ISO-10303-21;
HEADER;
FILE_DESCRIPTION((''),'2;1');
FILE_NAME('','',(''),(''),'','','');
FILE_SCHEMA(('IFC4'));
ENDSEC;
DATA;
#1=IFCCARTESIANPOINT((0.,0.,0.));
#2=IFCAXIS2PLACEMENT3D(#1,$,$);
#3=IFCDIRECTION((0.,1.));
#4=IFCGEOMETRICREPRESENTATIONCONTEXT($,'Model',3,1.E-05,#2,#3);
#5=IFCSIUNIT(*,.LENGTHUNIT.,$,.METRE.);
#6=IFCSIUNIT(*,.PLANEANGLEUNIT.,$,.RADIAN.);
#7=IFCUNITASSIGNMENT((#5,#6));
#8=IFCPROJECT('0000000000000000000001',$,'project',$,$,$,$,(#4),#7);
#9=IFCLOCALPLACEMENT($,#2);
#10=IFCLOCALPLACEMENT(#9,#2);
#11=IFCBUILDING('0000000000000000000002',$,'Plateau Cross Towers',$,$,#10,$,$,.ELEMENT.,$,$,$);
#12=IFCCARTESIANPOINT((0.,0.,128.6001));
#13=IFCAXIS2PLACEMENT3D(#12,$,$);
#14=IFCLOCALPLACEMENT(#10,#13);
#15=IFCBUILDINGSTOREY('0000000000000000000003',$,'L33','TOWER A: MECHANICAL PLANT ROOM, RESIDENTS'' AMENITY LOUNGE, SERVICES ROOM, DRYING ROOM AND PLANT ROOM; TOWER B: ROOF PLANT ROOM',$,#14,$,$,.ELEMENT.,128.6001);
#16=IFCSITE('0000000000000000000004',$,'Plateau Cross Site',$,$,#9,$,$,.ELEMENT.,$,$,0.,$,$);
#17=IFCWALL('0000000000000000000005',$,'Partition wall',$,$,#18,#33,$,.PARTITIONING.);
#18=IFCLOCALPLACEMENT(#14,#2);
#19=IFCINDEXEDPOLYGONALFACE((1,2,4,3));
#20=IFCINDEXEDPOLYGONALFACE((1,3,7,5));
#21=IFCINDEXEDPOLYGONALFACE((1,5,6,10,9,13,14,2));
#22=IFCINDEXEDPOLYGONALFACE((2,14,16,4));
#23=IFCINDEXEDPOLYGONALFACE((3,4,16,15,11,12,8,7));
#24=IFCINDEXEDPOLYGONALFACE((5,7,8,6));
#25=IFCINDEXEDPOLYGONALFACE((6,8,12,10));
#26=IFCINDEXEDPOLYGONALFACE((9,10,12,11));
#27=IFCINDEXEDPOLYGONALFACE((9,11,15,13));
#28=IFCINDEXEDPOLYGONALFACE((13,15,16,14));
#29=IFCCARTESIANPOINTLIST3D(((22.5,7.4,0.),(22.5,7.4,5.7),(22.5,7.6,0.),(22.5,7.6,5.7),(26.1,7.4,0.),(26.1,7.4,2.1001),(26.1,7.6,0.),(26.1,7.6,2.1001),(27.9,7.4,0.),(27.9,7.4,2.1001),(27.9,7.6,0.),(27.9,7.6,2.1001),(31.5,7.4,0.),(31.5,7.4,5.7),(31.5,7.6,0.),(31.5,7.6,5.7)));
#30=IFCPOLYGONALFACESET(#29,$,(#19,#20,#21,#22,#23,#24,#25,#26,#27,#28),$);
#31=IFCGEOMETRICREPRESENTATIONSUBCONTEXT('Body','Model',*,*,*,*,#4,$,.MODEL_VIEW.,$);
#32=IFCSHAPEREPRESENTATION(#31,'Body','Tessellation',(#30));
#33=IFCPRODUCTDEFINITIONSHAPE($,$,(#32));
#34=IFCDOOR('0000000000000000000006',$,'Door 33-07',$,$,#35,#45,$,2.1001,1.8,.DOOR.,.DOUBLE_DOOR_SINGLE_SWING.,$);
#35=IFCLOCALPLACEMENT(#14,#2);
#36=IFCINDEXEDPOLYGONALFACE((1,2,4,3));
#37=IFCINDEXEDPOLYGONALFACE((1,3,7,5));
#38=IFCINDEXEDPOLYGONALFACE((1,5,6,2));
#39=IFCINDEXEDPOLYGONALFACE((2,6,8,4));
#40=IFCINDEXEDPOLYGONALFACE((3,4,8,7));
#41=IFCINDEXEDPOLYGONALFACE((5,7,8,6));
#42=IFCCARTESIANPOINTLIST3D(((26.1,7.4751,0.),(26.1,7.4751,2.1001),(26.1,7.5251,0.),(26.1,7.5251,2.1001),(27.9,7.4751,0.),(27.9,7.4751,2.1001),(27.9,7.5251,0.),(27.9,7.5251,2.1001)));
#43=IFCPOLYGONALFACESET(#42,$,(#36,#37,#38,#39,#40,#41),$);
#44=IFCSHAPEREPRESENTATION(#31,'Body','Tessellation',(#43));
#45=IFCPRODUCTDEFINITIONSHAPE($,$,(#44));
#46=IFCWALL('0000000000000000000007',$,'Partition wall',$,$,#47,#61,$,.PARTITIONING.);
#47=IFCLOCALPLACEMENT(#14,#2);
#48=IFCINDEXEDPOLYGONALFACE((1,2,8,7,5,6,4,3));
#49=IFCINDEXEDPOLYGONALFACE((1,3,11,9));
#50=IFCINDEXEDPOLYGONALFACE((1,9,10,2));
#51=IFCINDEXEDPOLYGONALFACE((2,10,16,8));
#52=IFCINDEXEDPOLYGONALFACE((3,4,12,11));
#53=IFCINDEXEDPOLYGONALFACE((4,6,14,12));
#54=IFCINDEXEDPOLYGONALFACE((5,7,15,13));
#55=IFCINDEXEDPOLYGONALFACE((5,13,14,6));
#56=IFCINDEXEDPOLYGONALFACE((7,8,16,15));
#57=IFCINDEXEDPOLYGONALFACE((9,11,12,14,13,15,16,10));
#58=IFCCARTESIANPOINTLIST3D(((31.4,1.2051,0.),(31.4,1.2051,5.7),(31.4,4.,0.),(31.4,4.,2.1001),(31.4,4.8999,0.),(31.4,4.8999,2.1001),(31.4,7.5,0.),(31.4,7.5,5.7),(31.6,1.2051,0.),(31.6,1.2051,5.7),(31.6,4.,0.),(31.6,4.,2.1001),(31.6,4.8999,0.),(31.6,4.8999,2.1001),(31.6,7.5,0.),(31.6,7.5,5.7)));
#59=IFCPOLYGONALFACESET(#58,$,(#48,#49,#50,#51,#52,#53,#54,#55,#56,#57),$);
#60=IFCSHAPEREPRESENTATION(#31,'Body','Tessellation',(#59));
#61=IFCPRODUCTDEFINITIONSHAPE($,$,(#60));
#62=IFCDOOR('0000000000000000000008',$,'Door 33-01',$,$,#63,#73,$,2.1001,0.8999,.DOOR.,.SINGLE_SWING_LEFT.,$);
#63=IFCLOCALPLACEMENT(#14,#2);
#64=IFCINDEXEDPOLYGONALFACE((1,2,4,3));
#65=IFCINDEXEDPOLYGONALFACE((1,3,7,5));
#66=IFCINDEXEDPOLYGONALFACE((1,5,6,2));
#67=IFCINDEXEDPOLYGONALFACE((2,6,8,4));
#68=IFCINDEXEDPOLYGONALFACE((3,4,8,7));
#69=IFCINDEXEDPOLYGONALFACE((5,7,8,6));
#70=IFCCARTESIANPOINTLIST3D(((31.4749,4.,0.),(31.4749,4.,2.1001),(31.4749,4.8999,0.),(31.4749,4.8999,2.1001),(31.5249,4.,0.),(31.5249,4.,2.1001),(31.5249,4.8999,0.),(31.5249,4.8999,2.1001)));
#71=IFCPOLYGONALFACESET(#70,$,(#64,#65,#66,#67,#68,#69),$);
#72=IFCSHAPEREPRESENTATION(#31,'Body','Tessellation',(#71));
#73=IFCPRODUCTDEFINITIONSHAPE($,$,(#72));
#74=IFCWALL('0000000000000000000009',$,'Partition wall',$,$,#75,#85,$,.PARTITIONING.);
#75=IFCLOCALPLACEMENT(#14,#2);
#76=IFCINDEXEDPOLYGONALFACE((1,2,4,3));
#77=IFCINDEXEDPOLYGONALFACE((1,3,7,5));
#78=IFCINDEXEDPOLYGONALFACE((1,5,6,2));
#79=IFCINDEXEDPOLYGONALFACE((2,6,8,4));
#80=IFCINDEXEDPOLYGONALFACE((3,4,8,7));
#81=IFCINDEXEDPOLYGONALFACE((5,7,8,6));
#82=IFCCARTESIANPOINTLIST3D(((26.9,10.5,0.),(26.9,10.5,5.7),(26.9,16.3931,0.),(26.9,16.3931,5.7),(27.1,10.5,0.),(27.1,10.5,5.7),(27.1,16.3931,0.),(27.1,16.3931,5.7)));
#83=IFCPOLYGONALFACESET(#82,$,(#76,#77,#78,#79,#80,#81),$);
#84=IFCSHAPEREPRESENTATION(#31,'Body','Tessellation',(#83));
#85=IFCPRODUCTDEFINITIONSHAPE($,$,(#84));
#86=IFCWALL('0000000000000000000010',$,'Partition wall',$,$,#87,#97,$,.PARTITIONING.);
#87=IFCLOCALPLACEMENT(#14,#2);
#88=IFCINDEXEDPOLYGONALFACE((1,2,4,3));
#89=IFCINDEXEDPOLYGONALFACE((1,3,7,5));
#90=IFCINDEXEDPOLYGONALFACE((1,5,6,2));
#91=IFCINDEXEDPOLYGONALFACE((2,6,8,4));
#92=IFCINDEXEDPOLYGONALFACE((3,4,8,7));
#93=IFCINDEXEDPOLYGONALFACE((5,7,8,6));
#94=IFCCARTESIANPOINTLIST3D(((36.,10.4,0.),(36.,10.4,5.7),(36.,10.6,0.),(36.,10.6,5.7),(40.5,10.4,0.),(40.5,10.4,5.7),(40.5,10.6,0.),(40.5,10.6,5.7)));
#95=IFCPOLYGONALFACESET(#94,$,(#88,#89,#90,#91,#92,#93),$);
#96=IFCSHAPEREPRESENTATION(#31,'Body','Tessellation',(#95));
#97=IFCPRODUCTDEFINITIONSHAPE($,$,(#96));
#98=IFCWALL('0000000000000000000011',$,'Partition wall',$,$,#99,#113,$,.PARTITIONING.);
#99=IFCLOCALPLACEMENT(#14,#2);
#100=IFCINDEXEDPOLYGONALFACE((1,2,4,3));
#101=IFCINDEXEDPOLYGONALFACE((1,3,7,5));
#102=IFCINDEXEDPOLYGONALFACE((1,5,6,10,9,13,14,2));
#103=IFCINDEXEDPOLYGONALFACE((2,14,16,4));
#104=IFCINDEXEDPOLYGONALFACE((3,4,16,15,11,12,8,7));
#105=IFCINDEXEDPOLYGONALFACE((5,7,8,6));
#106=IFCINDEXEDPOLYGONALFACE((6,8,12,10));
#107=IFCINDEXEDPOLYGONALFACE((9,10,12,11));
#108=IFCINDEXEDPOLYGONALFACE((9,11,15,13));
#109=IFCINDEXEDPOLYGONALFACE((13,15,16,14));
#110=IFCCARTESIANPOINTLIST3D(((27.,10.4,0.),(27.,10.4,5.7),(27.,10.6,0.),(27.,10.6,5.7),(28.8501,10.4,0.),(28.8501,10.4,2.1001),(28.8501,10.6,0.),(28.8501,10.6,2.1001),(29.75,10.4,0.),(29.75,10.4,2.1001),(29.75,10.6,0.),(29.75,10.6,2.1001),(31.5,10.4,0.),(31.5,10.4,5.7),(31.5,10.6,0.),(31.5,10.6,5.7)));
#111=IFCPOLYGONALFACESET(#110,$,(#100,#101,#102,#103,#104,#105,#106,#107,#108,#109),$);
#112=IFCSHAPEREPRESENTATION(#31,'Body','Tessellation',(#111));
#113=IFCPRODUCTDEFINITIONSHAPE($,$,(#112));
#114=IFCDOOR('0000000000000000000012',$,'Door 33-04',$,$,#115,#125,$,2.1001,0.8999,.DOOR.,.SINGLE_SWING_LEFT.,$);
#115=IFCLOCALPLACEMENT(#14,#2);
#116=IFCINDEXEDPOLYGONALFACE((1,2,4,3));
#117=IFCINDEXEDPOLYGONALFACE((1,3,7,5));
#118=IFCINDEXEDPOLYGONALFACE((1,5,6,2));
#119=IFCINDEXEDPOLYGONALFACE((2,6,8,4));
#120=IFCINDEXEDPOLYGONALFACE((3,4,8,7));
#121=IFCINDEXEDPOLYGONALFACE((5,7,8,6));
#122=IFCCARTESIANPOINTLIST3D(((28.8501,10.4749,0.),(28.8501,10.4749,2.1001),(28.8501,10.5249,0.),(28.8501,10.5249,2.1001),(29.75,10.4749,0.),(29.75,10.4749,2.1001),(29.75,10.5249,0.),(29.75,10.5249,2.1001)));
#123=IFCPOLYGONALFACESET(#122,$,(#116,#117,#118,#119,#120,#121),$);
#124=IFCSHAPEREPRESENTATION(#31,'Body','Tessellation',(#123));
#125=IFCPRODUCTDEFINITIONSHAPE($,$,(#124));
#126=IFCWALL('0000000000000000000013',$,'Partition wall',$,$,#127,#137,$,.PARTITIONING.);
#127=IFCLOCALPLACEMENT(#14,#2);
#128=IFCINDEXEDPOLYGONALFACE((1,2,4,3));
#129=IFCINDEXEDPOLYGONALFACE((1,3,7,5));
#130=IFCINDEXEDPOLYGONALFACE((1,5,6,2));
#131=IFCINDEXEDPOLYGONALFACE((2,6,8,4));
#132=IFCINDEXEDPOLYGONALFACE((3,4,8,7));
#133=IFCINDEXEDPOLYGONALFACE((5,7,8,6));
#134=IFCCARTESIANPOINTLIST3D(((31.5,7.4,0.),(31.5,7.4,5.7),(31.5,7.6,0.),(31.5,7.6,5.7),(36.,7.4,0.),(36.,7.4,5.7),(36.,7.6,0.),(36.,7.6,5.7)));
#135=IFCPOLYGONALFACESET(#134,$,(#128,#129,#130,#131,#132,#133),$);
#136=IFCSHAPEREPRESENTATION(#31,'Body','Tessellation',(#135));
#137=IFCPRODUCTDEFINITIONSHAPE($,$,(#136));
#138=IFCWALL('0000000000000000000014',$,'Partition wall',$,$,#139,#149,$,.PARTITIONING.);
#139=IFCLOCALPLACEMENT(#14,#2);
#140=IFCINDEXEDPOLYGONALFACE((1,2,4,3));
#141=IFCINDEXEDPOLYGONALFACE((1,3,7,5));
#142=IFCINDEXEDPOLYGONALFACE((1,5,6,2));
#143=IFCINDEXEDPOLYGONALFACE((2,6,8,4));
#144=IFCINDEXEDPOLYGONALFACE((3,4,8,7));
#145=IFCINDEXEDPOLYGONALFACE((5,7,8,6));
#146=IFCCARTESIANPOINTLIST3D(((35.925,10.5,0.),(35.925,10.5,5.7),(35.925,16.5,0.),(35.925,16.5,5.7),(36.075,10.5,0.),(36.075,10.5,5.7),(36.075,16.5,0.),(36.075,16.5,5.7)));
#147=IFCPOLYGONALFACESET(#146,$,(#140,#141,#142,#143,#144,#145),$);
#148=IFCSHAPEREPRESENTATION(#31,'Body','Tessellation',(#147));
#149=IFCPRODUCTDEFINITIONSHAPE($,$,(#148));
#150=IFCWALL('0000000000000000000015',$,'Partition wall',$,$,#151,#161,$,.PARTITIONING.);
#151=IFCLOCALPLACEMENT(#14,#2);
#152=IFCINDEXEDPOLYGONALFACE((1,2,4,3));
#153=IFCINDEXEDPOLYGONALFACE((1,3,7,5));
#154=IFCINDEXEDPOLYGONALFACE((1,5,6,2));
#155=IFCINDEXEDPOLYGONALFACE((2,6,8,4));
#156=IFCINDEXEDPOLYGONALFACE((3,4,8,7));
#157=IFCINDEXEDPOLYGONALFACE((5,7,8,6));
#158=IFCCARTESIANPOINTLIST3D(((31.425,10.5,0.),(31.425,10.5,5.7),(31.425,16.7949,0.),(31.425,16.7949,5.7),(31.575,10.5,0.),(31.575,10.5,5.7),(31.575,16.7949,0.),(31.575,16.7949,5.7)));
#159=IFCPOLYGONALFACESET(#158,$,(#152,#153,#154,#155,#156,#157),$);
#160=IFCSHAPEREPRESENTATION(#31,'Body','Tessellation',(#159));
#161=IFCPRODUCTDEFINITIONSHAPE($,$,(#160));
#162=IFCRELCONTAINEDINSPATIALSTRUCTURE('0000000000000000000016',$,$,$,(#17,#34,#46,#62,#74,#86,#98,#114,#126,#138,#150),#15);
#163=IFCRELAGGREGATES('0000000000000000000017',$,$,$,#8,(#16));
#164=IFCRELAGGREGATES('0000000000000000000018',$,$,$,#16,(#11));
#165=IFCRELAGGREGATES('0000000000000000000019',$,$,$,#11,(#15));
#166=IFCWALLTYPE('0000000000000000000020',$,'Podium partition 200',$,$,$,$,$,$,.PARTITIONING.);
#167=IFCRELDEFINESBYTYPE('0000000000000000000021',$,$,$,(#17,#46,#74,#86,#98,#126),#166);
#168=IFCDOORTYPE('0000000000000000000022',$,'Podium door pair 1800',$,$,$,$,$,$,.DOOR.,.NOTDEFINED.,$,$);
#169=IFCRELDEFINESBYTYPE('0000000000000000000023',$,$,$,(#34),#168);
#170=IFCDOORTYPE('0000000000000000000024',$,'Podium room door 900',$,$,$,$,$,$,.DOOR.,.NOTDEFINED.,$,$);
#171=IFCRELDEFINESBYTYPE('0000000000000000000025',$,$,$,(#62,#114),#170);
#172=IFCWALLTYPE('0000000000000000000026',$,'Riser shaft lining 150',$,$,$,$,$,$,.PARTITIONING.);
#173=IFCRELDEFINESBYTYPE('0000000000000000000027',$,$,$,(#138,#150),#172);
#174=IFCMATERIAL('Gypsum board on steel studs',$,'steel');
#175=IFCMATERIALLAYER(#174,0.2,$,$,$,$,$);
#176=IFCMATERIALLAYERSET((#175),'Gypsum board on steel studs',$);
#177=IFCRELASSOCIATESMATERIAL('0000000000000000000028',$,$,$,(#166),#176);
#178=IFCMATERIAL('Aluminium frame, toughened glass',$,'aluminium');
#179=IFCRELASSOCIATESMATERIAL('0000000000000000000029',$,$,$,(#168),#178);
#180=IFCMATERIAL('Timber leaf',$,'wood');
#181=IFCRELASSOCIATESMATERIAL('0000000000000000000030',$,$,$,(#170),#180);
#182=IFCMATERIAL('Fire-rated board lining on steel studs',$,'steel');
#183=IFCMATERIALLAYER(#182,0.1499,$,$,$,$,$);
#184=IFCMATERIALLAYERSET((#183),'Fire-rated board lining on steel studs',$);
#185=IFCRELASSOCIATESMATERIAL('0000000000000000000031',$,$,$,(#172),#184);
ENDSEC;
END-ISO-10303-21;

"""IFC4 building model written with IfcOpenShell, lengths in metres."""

from ifc_helpers import new_model, si_unit, direction, frame, frame_2d, origin, place, context, subcontext, project, spatial, rectangle, extrude, material, layer, layer_set, type_object, element, fill, save


model = new_model("IFC4")

# Units and contexts
model_context = context("Model", 3, precision=1e-05, world=origin(), true_north=direction((0.0, 1.0)))
body_context = subcontext(model_context, "Body", "Model", "MODEL_VIEW")
ifc_project = project(units=[si_unit("LENGTHUNIT", "METRE"), si_unit("PLANEANGLEUNIT", "RADIAN")], contexts=[model_context])

# Site, building, storey
site_placement = place(None, origin())
site = spatial("IfcSite", under=ifc_project, at=site_placement, Name="Plateau Cross Site", CompositionType="ELEMENT", RefElevation=0.0)
building_placement = place(site_placement, origin())
building = spatial("IfcBuilding", under=site, at=building_placement, Name="Plateau Cross Towers", CompositionType="ELEMENT")
storey_placement = place(building_placement, frame((0.0, 0.0, 128.6001)))
storey = spatial("IfcBuildingStorey", under=building, at=storey_placement, Name="L33", Description="TOWER A: MECHANICAL PLANT ROOM, RESIDENTS' AMENITY LOUNGE, SERVICES ROOM, DRYING ROOM AND PLANT ROOM; TOWER B: ROOF PLANT ROOM", CompositionType="ELEMENT", Elevation=128.6001)

# Walls, openings, doors
ifc_material_1 = material(Name="Gypsum board on steel studs", Category="steel")
ifc_layer_1 = layer(ifc_material_1, 0.2)
ifc_layer_set_1 = layer_set([ifc_layer_1], Name="Gypsum board on steel studs")
wall_type_1 = type_object("IfcWallType", Name="Podium partition 200", PredefinedType="PARTITIONING", material=ifc_layer_set_1)
wall_1_placement = place(storey_placement, frame((31.5, 7.5, 0.0), z_axis=(0.0, 0.0, 1.0), x_axis=(-1.0, 0.0, 0.0)))
wall_1 = element("IfcWall", 1, at=wall_1_placement, inside=storey, type_object=wall_type_1, Name="Partition wall", PredefinedType="PARTITIONING", context=body_context, shape_type="SweptSolid", body=[
    extrude(rectangle(XDim=9.0, YDim=0.2, at=frame_2d((4.5, 0.0))), origin(), (0.0, 0.0, 1.0), 5.7),
])
opening_1_placement = place(wall_1_placement, frame((3.6001, 0.0, 0.0)))
opening_1 = element("IfcOpeningElement", 2, at=opening_1_placement, cuts=wall_1, PredefinedType="OPENING", context=body_context, shape_type="SweptSolid", body=[
    extrude(rectangle(XDim=1.8, YDim=2.1001, at=frame_2d((0.8999, 1.05))), frame((0.0, 0.1099, 0.0), z_axis=(0.0, -1.0, 0.0), x_axis=(1.0, 0.0, 0.0)), (0.0, 0.0, 1.0), 0.22),
])
ifc_material_2 = material(Name="Aluminium frame, toughened glass", Category="aluminium")
door_type_1 = type_object("IfcDoorType", Name="Podium door pair 1800", OperationType="NOTDEFINED", PredefinedType="DOOR", material=ifc_material_2)
door_1_placement = place(opening_1_placement, origin())
door_1 = element("IfcDoor", 3, at=door_1_placement, inside=storey, type_object=door_type_1, Name="Door 33-07", OperationType="DOUBLE_DOOR_SINGLE_SWING", OverallHeight=2.1001, OverallWidth=1.8, PredefinedType="DOOR", context=body_context, shape_type="SweptSolid", body=[
    extrude(rectangle(XDim=1.8, YDim=2.1001, at=frame_2d((0.8999, 1.05))), frame((0.0, 0.0249, 0.0), z_axis=(0.0, -1.0, 0.0), x_axis=(1.0, 0.0, 0.0)), (0.0, 0.0, 1.0), 0.05),
])
fill(opening_1, door_1)
wall_2_placement = place(storey_placement, frame((31.5, 7.5, 0.0), z_axis=(0.0, 0.0, 1.0), x_axis=(0.0, -1.0, 0.0)))
wall_2 = element("IfcWall", 4, at=wall_2_placement, inside=storey, type_object=wall_type_1, Name="Partition wall", PredefinedType="PARTITIONING", context=body_context, shape_type="SweptSolid", body=[
    extrude(rectangle(XDim=6.2949, YDim=0.2, at=frame_2d((3.1475, 0.0))), origin(), (0.0, 0.0, 1.0), 5.7),
])
opening_2_placement = place(wall_2_placement, frame((2.6001, 0.0, 0.0)))
opening_2 = element("IfcOpeningElement", 5, at=opening_2_placement, cuts=wall_2, PredefinedType="OPENING", context=body_context, shape_type="SweptSolid", body=[
    extrude(rectangle(XDim=0.8999, YDim=2.1001, at=frame_2d((0.45, 1.05))), frame((0.0, 0.1099, 0.0), z_axis=(0.0, -1.0, 0.0), x_axis=(1.0, 0.0, 0.0)), (0.0, 0.0, 1.0), 0.22),
])
ifc_material_3 = material(Name="Timber leaf", Category="wood")
door_type_2 = type_object("IfcDoorType", Name="Podium room door 900", OperationType="NOTDEFINED", PredefinedType="DOOR", material=ifc_material_3)
door_2_placement = place(opening_2_placement, origin())
door_2 = element("IfcDoor", 6, at=door_2_placement, inside=storey, type_object=door_type_2, Name="Door 33-01", OperationType="SINGLE_SWING_LEFT", OverallHeight=2.1001, OverallWidth=0.8999, PredefinedType="DOOR", context=body_context, shape_type="SweptSolid", body=[
    extrude(rectangle(XDim=0.8999, YDim=2.1001, at=frame_2d((0.45, 1.05))), frame((0.0, 0.0249, 0.0), z_axis=(0.0, -1.0, 0.0), x_axis=(1.0, 0.0, 0.0)), (0.0, 0.0, 1.0), 0.05),
])
fill(opening_2, door_2)

# Walls
wall_3_placement = place(storey_placement, frame((27.0, 16.3931, 0.0), z_axis=(0.0, 0.0, 1.0), x_axis=(0.0, -1.0, 0.0)))
element("IfcWall", 7, at=wall_3_placement, inside=storey, type_object=wall_type_1, Name="Partition wall", PredefinedType="PARTITIONING", context=body_context, shape_type="SweptSolid", body=[
    extrude(rectangle(XDim=5.8931, YDim=0.2, at=frame_2d((2.9465, 0.0))), origin(), (0.0, 0.0, 1.0), 5.7),
])
wall_4_placement = place(storey_placement, frame((36.0, 10.5, 0.0), z_axis=(0.0, 0.0, 1.0), x_axis=(1.0, 0.0, 0.0)))
element("IfcWall", 8, at=wall_4_placement, inside=storey, type_object=wall_type_1, Name="Partition wall", PredefinedType="PARTITIONING", context=body_context, shape_type="SweptSolid", body=[
    extrude(rectangle(XDim=4.5, YDim=0.2, at=frame_2d((2.25, 0.0))), origin(), (0.0, 0.0, 1.0), 5.7),
])

# Wall, opening, door
wall_5_placement = place(storey_placement, frame((27.0, 10.5, 0.0), z_axis=(0.0, 0.0, 1.0), x_axis=(1.0, 0.0, 0.0)))
wall_5 = element("IfcWall", 9, at=wall_5_placement, inside=storey, type_object=wall_type_1, Name="Partition wall", PredefinedType="PARTITIONING", context=body_context, shape_type="SweptSolid", body=[
    extrude(rectangle(XDim=4.5, YDim=0.2, at=frame_2d((2.25, 0.0))), origin(), (0.0, 0.0, 1.0), 5.7),
])
opening_3_placement = place(wall_5_placement, frame((1.8501, 0.0, 0.0)))
opening_3 = element("IfcOpeningElement", 10, at=opening_3_placement, cuts=wall_5, PredefinedType="OPENING", context=body_context, shape_type="SweptSolid", body=[
    extrude(rectangle(XDim=0.8999, YDim=2.1001, at=frame_2d((0.45, 1.05))), frame((0.0, 0.1099, 0.0), z_axis=(0.0, -1.0, 0.0), x_axis=(1.0, 0.0, 0.0)), (0.0, 0.0, 1.0), 0.22),
])
door_3_placement = place(opening_3_placement, origin())
door_3 = element("IfcDoor", 11, at=door_3_placement, inside=storey, type_object=door_type_2, Name="Door 33-04", OperationType="SINGLE_SWING_LEFT", OverallHeight=2.1001, OverallWidth=0.8999, PredefinedType="DOOR", context=body_context, shape_type="SweptSolid", body=[
    extrude(rectangle(XDim=0.8999, YDim=2.1001, at=frame_2d((0.45, 1.05))), frame((0.0, 0.0249, 0.0), z_axis=(0.0, -1.0, 0.0), x_axis=(1.0, 0.0, 0.0)), (0.0, 0.0, 1.0), 0.05),
])
fill(opening_3, door_3)

# Walls
wall_6_placement = place(storey_placement, frame((36.0, 7.5, 0.0), z_axis=(0.0, 0.0, 1.0), x_axis=(-1.0, 0.0, 0.0)))
element("IfcWall", 12, at=wall_6_placement, inside=storey, type_object=wall_type_1, Name="Partition wall", PredefinedType="PARTITIONING", context=body_context, shape_type="SweptSolid", body=[
    extrude(rectangle(XDim=4.5, YDim=0.2, at=frame_2d((2.25, 0.0))), origin(), (0.0, 0.0, 1.0), 5.7),
])
ifc_material_4 = material(Name="Fire-rated board lining on steel studs", Category="steel")
ifc_layer_2 = layer(ifc_material_4, 0.1499)
ifc_layer_set_2 = layer_set([ifc_layer_2], Name="Fire-rated board lining on steel studs")
wall_type_2 = type_object("IfcWallType", Name="Riser shaft lining 150", PredefinedType="PARTITIONING", material=ifc_layer_set_2)
wall_7_placement = place(storey_placement, frame((36.0, 16.5, 0.0), z_axis=(0.0, 0.0, 1.0), x_axis=(0.0, -1.0, 0.0)))
element("IfcWall", 13, at=wall_7_placement, inside=storey, type_object=wall_type_2, Name="Partition wall", PredefinedType="PARTITIONING", context=body_context, shape_type="SweptSolid", body=[
    extrude(rectangle(XDim=6.0, YDim=0.1499, at=frame_2d((3.0, 0.0))), origin(), (0.0, 0.0, 1.0), 5.7),
])
wall_8_placement = place(storey_placement, frame((31.5, 16.7949, 0.0), z_axis=(0.0, 0.0, 1.0), x_axis=(0.0, -1.0, 0.0)))
element("IfcWall", 14, at=wall_8_placement, inside=storey, type_object=wall_type_2, Name="Partition wall", PredefinedType="PARTITIONING", context=body_context, shape_type="SweptSolid", body=[
    extrude(rectangle(XDim=6.2949, YDim=0.1499, at=frame_2d((3.1475, 0.0))), origin(), (0.0, 0.0, 1.0), 5.7),
])

save(model, "model.ifc")
